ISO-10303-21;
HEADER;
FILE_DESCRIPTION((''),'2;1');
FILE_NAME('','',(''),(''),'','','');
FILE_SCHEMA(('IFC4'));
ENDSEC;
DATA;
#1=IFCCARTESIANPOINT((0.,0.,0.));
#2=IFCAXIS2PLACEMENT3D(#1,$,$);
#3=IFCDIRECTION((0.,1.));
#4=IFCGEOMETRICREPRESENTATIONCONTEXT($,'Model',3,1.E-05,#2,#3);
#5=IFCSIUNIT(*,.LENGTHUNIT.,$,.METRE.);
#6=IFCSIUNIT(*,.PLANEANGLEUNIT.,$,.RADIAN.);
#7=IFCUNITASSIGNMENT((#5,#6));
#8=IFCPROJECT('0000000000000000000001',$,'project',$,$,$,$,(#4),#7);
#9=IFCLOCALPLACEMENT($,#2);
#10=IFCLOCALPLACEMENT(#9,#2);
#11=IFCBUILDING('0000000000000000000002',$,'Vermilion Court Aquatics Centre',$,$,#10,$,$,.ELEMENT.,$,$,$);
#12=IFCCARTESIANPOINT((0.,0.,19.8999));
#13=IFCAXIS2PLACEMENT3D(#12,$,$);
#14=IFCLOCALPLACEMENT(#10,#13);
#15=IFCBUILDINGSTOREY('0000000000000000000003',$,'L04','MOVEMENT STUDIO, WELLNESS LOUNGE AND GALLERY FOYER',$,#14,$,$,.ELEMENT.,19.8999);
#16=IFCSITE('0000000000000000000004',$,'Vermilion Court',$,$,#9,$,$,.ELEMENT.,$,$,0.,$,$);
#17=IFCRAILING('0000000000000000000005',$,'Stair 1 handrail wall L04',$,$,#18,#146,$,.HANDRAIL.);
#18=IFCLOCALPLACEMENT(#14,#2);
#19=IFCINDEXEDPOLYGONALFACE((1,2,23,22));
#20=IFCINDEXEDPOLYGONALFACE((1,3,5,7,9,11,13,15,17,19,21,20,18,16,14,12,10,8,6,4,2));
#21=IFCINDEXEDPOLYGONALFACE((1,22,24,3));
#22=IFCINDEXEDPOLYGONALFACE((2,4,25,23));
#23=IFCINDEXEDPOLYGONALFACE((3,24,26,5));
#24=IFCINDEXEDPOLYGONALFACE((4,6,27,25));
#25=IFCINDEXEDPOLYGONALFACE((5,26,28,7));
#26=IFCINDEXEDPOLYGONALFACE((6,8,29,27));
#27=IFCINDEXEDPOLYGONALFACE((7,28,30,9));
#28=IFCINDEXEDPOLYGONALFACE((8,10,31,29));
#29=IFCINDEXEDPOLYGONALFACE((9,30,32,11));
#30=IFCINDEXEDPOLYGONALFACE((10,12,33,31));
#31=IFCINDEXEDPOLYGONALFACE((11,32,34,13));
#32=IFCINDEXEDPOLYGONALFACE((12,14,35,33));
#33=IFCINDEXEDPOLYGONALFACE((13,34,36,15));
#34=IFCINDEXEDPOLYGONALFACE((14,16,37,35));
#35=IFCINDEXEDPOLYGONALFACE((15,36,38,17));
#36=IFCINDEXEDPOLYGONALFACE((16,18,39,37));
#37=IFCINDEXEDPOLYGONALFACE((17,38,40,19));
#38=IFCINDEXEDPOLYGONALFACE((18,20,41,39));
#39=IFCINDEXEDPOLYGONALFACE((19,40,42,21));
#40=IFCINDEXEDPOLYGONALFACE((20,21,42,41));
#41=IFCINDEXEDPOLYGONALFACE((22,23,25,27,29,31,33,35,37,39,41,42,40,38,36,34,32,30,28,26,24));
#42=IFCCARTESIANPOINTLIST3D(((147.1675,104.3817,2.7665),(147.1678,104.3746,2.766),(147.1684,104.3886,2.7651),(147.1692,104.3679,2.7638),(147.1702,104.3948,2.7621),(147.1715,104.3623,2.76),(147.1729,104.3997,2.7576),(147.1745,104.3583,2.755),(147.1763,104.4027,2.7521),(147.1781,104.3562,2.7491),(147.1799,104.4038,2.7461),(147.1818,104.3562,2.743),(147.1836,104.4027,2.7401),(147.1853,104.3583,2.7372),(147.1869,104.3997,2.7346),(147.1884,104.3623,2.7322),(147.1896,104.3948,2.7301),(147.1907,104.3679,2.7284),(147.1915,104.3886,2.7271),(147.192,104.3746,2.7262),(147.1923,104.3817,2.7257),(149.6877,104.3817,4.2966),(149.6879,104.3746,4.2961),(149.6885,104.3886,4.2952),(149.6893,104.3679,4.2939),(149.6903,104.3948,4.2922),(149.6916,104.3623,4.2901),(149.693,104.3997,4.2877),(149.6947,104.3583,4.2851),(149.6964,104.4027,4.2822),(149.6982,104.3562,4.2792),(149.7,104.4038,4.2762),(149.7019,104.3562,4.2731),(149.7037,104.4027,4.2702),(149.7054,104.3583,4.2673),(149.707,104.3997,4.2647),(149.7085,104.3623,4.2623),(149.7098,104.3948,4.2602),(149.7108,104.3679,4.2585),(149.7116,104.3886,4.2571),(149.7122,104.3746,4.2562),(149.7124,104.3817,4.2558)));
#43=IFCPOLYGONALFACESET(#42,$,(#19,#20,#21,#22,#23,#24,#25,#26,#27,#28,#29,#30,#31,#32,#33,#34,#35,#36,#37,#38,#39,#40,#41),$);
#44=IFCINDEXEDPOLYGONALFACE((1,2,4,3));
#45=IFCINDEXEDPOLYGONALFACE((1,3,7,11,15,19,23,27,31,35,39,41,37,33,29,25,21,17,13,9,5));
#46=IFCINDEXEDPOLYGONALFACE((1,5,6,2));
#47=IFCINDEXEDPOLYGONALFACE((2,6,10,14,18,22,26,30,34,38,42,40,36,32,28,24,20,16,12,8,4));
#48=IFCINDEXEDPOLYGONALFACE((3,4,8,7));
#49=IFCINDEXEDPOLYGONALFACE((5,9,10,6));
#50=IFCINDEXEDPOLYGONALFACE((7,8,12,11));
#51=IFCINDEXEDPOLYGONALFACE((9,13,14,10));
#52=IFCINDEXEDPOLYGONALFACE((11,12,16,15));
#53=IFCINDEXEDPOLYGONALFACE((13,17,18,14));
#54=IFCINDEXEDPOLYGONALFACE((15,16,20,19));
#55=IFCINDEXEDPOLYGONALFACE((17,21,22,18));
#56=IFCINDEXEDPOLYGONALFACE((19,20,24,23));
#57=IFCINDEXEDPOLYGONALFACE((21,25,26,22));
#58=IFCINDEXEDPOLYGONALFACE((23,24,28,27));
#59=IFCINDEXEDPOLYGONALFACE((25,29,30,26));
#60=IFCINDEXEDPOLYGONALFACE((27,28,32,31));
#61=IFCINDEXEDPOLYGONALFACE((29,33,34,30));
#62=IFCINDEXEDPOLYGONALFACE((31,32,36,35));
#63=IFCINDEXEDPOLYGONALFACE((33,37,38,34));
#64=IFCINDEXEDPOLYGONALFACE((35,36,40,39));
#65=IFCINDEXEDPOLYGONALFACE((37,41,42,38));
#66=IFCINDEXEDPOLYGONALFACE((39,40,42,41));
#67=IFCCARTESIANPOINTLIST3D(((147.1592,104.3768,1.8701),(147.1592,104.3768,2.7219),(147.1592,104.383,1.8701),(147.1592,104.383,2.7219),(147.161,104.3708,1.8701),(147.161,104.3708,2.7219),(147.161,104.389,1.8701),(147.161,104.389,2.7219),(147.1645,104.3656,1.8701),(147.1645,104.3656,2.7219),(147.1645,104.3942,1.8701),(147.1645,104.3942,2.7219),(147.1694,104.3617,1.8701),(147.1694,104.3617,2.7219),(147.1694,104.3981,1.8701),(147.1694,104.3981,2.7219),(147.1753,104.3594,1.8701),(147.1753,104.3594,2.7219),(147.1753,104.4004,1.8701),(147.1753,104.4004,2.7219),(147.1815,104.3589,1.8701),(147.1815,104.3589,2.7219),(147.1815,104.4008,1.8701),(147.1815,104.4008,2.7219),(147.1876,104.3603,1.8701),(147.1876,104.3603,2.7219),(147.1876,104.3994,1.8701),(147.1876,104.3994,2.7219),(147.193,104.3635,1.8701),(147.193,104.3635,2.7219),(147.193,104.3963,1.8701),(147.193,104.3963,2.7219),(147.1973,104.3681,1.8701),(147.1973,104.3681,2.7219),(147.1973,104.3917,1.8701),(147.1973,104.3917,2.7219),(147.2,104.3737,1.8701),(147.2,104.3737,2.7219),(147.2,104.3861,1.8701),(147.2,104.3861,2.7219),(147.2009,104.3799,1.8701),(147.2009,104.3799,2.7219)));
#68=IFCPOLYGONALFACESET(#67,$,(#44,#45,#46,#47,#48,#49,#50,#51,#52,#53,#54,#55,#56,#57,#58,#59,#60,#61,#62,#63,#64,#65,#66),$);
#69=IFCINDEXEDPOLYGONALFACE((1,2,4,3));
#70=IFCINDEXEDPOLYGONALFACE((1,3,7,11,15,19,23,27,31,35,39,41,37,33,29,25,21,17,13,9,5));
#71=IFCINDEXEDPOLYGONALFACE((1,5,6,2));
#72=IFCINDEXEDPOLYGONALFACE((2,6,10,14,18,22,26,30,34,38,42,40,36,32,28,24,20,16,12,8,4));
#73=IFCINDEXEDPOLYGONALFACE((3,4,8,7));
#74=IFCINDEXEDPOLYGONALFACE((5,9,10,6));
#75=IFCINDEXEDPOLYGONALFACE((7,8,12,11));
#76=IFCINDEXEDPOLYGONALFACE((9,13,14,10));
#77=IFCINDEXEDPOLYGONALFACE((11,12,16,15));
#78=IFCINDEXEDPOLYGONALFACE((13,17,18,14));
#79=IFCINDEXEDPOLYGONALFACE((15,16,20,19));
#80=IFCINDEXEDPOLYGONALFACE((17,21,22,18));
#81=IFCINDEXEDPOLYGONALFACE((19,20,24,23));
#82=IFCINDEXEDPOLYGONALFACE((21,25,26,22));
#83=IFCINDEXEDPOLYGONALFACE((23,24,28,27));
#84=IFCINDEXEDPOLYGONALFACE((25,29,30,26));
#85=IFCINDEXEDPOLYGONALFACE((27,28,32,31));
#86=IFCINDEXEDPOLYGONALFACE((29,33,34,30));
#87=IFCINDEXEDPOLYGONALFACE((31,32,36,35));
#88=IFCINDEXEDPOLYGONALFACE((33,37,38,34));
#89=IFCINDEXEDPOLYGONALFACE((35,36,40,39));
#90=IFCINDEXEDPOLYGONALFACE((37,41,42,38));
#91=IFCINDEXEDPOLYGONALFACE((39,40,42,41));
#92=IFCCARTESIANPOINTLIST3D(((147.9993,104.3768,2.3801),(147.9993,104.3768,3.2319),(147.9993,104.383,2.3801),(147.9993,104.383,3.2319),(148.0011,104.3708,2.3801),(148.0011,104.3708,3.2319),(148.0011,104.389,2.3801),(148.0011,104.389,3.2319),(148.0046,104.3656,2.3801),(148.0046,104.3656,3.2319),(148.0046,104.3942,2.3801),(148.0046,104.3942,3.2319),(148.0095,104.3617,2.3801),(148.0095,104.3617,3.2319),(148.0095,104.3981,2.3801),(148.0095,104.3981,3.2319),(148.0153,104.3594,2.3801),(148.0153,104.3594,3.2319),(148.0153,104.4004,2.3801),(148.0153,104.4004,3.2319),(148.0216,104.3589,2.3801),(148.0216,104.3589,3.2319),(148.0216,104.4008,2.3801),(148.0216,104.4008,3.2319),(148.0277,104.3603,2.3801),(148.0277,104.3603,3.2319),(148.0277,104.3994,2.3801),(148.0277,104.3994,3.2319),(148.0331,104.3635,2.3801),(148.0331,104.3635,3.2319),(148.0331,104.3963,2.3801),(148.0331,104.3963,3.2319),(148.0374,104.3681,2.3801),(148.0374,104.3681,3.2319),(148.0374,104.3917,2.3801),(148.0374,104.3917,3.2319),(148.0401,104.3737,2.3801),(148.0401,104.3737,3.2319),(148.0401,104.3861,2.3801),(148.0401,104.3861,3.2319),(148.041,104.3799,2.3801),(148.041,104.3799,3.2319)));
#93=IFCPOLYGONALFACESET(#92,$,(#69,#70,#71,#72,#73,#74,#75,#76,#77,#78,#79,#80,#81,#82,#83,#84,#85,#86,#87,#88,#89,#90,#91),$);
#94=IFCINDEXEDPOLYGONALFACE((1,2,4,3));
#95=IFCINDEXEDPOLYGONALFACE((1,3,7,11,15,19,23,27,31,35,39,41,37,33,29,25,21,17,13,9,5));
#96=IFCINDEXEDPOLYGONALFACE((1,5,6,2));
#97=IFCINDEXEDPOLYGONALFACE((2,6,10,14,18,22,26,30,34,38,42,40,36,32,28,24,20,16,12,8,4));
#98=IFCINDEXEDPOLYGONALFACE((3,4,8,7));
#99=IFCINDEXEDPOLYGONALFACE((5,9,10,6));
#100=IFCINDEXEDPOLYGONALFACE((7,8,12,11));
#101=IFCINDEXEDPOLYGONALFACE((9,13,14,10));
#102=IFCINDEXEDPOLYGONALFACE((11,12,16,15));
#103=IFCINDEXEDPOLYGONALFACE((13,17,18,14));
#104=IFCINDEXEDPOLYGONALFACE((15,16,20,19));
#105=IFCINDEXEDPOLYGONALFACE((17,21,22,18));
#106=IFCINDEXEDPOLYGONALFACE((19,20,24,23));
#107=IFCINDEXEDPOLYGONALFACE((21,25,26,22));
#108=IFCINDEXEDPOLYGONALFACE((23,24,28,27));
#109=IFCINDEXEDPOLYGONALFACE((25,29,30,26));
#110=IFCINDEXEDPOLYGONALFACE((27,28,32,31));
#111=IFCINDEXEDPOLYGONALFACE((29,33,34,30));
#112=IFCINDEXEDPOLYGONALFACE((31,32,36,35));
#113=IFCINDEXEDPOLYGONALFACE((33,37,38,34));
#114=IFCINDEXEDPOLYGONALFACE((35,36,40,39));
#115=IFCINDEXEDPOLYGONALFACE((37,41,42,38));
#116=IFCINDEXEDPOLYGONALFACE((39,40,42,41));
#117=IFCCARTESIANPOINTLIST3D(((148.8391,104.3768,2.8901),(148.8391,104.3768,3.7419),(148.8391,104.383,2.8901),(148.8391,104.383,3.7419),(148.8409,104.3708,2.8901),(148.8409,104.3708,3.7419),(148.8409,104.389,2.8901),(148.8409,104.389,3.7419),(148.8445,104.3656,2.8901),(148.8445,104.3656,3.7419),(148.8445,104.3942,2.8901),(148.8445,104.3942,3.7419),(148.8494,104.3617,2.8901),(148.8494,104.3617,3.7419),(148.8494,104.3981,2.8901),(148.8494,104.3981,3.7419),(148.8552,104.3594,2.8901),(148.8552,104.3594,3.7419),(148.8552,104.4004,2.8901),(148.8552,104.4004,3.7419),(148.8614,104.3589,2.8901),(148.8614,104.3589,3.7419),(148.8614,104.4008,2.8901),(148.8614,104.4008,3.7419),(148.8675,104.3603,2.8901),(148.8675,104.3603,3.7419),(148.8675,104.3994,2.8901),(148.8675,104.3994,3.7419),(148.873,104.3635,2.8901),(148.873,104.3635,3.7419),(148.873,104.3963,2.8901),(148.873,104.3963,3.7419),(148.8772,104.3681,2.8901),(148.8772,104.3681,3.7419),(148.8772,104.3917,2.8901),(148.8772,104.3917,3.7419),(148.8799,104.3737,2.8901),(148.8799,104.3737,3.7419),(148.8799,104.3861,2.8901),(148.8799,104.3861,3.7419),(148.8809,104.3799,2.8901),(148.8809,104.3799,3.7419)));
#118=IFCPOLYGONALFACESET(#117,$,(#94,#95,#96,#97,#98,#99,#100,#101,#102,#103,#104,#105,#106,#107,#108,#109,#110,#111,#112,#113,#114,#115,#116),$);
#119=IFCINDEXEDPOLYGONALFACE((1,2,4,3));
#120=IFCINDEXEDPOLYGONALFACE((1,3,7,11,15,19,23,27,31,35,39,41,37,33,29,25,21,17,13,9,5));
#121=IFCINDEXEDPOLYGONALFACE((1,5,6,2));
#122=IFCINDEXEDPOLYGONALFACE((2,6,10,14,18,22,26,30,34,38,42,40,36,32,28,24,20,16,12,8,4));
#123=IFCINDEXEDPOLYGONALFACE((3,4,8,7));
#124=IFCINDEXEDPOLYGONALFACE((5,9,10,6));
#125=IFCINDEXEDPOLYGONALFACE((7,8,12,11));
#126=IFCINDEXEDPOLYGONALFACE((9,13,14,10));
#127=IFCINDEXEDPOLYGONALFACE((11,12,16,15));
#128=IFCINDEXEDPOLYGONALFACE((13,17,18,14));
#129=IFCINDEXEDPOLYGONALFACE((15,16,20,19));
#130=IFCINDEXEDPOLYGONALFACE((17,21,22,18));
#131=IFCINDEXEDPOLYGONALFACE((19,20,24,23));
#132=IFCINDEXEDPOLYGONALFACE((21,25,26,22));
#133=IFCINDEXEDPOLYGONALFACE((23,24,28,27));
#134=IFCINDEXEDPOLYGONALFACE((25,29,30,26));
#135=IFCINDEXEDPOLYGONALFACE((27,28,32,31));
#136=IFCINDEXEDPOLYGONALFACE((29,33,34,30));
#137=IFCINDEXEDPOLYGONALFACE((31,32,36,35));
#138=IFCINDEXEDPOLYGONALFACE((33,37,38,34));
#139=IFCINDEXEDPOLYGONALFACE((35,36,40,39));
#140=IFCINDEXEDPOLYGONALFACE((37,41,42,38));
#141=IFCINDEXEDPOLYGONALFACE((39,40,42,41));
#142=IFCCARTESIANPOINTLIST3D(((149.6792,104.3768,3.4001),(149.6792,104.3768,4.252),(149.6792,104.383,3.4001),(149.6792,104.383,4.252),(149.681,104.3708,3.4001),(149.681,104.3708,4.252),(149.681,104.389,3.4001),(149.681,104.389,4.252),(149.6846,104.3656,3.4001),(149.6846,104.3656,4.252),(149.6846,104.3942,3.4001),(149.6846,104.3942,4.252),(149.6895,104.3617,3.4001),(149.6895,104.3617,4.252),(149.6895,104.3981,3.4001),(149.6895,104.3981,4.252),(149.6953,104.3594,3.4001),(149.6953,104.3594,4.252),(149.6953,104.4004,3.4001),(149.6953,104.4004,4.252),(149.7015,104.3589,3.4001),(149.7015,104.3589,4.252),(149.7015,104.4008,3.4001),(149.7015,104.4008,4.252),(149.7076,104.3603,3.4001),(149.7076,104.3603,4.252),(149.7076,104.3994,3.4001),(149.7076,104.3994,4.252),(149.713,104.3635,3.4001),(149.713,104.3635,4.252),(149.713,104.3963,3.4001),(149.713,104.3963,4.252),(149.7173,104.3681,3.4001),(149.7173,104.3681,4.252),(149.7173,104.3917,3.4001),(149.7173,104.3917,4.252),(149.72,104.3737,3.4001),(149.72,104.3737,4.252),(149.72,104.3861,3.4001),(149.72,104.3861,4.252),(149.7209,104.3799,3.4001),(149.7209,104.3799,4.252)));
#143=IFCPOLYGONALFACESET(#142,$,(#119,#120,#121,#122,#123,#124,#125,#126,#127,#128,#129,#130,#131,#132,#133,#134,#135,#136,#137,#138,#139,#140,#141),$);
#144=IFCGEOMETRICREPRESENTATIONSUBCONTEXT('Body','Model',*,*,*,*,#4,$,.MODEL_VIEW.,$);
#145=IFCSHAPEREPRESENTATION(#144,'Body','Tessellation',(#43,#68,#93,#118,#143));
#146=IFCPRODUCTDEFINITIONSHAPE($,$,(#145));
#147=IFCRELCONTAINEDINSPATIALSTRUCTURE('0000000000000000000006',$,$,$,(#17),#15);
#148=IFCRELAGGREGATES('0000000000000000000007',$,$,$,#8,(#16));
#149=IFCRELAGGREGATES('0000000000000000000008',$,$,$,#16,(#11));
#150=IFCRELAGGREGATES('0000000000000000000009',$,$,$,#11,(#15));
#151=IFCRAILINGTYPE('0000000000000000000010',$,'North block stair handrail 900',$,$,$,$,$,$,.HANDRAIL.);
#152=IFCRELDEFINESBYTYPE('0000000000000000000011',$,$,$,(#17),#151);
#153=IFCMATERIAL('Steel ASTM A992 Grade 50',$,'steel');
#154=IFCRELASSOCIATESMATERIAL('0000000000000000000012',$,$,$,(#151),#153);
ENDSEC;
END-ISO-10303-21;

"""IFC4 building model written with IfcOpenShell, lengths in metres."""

from ifc_helpers import new_model, si_unit, direction, frame, origin, origin_2d, place, context, subcontext, project, spatial, circle, extrude, material, type_object, element, save


model = new_model("IFC4")

# Units and contexts
model_context = context("Model", 3, precision=1e-05, world=origin(), true_north=direction((0.0, 1.0)))
body_context = subcontext(model_context, "Body", "Model", "MODEL_VIEW")
ifc_project = project(units=[si_unit("LENGTHUNIT", "METRE"), si_unit("PLANEANGLEUNIT", "RADIAN")], contexts=[model_context])

# Site, building, storey
site_placement = place(None, origin())
site = spatial("IfcSite", under=ifc_project, at=site_placement, Name="Vermilion Court", CompositionType="ELEMENT", RefElevation=0.0)
building_placement = place(site_placement, origin())
building = spatial("IfcBuilding", under=site, at=building_placement, Name="Vermilion Court Aquatics Centre", CompositionType="ELEMENT")
storey_placement = place(building_placement, frame((0.0, 0.0, 19.8999)))
storey = spatial("IfcBuildingStorey", under=building, at=storey_placement, Name="L04", Description="MOVEMENT STUDIO, WELLNESS LOUNGE AND GALLERY FOYER", CompositionType="ELEMENT", Elevation=19.8999)

# Railing
ifc_material_1 = material(Name="Steel ASTM A992 Grade 50", Category="steel")
railing_type_1 = type_object("IfcRailingType", Name="North block stair handrail 900", PredefinedType="HANDRAIL", material=ifc_material_1)
for number, where, name in (
    (1, (147.1799, 104.3799, 1.8701), "Stair 1 handrail wall L04"),
):
    element("IfcRailing", number, at=place(storey_placement, frame(where)), inside=storey, type_object=railing_type_1, Name=name, PredefinedType="HANDRAIL", context=body_context, shape_type="SweptSolid", body=[
        extrude(circle(Radius=0.0239, at=origin_2d()), frame((0.0, 0.0, 0.876), z_axis=(0.854785, 0.0, 0.518982), x_axis=(0.0, 1.0, 0.0)), (0.0, 0.0, 1.0), 2.9482),
        extrude(circle(Radius=0.021, at=origin_2d()), origin(), (0.0, 0.0, 1.0), 0.8518),
        extrude(circle(Radius=0.021, at=origin_2d()), frame((0.8401, 0.0, 0.51)), (0.0, 0.0, 1.0), 0.8518),
        extrude(circle(Radius=0.021, at=origin_2d()), frame((1.6799, 0.0, 1.02)), (0.0, 0.0, 1.0), 0.8518),
        extrude(circle(Radius=0.021, at=origin_2d()), frame((2.52, 0.0, 1.53)), (0.0, 0.0, 1.0), 0.8518),
    ])

save(model, "model.ifc")
